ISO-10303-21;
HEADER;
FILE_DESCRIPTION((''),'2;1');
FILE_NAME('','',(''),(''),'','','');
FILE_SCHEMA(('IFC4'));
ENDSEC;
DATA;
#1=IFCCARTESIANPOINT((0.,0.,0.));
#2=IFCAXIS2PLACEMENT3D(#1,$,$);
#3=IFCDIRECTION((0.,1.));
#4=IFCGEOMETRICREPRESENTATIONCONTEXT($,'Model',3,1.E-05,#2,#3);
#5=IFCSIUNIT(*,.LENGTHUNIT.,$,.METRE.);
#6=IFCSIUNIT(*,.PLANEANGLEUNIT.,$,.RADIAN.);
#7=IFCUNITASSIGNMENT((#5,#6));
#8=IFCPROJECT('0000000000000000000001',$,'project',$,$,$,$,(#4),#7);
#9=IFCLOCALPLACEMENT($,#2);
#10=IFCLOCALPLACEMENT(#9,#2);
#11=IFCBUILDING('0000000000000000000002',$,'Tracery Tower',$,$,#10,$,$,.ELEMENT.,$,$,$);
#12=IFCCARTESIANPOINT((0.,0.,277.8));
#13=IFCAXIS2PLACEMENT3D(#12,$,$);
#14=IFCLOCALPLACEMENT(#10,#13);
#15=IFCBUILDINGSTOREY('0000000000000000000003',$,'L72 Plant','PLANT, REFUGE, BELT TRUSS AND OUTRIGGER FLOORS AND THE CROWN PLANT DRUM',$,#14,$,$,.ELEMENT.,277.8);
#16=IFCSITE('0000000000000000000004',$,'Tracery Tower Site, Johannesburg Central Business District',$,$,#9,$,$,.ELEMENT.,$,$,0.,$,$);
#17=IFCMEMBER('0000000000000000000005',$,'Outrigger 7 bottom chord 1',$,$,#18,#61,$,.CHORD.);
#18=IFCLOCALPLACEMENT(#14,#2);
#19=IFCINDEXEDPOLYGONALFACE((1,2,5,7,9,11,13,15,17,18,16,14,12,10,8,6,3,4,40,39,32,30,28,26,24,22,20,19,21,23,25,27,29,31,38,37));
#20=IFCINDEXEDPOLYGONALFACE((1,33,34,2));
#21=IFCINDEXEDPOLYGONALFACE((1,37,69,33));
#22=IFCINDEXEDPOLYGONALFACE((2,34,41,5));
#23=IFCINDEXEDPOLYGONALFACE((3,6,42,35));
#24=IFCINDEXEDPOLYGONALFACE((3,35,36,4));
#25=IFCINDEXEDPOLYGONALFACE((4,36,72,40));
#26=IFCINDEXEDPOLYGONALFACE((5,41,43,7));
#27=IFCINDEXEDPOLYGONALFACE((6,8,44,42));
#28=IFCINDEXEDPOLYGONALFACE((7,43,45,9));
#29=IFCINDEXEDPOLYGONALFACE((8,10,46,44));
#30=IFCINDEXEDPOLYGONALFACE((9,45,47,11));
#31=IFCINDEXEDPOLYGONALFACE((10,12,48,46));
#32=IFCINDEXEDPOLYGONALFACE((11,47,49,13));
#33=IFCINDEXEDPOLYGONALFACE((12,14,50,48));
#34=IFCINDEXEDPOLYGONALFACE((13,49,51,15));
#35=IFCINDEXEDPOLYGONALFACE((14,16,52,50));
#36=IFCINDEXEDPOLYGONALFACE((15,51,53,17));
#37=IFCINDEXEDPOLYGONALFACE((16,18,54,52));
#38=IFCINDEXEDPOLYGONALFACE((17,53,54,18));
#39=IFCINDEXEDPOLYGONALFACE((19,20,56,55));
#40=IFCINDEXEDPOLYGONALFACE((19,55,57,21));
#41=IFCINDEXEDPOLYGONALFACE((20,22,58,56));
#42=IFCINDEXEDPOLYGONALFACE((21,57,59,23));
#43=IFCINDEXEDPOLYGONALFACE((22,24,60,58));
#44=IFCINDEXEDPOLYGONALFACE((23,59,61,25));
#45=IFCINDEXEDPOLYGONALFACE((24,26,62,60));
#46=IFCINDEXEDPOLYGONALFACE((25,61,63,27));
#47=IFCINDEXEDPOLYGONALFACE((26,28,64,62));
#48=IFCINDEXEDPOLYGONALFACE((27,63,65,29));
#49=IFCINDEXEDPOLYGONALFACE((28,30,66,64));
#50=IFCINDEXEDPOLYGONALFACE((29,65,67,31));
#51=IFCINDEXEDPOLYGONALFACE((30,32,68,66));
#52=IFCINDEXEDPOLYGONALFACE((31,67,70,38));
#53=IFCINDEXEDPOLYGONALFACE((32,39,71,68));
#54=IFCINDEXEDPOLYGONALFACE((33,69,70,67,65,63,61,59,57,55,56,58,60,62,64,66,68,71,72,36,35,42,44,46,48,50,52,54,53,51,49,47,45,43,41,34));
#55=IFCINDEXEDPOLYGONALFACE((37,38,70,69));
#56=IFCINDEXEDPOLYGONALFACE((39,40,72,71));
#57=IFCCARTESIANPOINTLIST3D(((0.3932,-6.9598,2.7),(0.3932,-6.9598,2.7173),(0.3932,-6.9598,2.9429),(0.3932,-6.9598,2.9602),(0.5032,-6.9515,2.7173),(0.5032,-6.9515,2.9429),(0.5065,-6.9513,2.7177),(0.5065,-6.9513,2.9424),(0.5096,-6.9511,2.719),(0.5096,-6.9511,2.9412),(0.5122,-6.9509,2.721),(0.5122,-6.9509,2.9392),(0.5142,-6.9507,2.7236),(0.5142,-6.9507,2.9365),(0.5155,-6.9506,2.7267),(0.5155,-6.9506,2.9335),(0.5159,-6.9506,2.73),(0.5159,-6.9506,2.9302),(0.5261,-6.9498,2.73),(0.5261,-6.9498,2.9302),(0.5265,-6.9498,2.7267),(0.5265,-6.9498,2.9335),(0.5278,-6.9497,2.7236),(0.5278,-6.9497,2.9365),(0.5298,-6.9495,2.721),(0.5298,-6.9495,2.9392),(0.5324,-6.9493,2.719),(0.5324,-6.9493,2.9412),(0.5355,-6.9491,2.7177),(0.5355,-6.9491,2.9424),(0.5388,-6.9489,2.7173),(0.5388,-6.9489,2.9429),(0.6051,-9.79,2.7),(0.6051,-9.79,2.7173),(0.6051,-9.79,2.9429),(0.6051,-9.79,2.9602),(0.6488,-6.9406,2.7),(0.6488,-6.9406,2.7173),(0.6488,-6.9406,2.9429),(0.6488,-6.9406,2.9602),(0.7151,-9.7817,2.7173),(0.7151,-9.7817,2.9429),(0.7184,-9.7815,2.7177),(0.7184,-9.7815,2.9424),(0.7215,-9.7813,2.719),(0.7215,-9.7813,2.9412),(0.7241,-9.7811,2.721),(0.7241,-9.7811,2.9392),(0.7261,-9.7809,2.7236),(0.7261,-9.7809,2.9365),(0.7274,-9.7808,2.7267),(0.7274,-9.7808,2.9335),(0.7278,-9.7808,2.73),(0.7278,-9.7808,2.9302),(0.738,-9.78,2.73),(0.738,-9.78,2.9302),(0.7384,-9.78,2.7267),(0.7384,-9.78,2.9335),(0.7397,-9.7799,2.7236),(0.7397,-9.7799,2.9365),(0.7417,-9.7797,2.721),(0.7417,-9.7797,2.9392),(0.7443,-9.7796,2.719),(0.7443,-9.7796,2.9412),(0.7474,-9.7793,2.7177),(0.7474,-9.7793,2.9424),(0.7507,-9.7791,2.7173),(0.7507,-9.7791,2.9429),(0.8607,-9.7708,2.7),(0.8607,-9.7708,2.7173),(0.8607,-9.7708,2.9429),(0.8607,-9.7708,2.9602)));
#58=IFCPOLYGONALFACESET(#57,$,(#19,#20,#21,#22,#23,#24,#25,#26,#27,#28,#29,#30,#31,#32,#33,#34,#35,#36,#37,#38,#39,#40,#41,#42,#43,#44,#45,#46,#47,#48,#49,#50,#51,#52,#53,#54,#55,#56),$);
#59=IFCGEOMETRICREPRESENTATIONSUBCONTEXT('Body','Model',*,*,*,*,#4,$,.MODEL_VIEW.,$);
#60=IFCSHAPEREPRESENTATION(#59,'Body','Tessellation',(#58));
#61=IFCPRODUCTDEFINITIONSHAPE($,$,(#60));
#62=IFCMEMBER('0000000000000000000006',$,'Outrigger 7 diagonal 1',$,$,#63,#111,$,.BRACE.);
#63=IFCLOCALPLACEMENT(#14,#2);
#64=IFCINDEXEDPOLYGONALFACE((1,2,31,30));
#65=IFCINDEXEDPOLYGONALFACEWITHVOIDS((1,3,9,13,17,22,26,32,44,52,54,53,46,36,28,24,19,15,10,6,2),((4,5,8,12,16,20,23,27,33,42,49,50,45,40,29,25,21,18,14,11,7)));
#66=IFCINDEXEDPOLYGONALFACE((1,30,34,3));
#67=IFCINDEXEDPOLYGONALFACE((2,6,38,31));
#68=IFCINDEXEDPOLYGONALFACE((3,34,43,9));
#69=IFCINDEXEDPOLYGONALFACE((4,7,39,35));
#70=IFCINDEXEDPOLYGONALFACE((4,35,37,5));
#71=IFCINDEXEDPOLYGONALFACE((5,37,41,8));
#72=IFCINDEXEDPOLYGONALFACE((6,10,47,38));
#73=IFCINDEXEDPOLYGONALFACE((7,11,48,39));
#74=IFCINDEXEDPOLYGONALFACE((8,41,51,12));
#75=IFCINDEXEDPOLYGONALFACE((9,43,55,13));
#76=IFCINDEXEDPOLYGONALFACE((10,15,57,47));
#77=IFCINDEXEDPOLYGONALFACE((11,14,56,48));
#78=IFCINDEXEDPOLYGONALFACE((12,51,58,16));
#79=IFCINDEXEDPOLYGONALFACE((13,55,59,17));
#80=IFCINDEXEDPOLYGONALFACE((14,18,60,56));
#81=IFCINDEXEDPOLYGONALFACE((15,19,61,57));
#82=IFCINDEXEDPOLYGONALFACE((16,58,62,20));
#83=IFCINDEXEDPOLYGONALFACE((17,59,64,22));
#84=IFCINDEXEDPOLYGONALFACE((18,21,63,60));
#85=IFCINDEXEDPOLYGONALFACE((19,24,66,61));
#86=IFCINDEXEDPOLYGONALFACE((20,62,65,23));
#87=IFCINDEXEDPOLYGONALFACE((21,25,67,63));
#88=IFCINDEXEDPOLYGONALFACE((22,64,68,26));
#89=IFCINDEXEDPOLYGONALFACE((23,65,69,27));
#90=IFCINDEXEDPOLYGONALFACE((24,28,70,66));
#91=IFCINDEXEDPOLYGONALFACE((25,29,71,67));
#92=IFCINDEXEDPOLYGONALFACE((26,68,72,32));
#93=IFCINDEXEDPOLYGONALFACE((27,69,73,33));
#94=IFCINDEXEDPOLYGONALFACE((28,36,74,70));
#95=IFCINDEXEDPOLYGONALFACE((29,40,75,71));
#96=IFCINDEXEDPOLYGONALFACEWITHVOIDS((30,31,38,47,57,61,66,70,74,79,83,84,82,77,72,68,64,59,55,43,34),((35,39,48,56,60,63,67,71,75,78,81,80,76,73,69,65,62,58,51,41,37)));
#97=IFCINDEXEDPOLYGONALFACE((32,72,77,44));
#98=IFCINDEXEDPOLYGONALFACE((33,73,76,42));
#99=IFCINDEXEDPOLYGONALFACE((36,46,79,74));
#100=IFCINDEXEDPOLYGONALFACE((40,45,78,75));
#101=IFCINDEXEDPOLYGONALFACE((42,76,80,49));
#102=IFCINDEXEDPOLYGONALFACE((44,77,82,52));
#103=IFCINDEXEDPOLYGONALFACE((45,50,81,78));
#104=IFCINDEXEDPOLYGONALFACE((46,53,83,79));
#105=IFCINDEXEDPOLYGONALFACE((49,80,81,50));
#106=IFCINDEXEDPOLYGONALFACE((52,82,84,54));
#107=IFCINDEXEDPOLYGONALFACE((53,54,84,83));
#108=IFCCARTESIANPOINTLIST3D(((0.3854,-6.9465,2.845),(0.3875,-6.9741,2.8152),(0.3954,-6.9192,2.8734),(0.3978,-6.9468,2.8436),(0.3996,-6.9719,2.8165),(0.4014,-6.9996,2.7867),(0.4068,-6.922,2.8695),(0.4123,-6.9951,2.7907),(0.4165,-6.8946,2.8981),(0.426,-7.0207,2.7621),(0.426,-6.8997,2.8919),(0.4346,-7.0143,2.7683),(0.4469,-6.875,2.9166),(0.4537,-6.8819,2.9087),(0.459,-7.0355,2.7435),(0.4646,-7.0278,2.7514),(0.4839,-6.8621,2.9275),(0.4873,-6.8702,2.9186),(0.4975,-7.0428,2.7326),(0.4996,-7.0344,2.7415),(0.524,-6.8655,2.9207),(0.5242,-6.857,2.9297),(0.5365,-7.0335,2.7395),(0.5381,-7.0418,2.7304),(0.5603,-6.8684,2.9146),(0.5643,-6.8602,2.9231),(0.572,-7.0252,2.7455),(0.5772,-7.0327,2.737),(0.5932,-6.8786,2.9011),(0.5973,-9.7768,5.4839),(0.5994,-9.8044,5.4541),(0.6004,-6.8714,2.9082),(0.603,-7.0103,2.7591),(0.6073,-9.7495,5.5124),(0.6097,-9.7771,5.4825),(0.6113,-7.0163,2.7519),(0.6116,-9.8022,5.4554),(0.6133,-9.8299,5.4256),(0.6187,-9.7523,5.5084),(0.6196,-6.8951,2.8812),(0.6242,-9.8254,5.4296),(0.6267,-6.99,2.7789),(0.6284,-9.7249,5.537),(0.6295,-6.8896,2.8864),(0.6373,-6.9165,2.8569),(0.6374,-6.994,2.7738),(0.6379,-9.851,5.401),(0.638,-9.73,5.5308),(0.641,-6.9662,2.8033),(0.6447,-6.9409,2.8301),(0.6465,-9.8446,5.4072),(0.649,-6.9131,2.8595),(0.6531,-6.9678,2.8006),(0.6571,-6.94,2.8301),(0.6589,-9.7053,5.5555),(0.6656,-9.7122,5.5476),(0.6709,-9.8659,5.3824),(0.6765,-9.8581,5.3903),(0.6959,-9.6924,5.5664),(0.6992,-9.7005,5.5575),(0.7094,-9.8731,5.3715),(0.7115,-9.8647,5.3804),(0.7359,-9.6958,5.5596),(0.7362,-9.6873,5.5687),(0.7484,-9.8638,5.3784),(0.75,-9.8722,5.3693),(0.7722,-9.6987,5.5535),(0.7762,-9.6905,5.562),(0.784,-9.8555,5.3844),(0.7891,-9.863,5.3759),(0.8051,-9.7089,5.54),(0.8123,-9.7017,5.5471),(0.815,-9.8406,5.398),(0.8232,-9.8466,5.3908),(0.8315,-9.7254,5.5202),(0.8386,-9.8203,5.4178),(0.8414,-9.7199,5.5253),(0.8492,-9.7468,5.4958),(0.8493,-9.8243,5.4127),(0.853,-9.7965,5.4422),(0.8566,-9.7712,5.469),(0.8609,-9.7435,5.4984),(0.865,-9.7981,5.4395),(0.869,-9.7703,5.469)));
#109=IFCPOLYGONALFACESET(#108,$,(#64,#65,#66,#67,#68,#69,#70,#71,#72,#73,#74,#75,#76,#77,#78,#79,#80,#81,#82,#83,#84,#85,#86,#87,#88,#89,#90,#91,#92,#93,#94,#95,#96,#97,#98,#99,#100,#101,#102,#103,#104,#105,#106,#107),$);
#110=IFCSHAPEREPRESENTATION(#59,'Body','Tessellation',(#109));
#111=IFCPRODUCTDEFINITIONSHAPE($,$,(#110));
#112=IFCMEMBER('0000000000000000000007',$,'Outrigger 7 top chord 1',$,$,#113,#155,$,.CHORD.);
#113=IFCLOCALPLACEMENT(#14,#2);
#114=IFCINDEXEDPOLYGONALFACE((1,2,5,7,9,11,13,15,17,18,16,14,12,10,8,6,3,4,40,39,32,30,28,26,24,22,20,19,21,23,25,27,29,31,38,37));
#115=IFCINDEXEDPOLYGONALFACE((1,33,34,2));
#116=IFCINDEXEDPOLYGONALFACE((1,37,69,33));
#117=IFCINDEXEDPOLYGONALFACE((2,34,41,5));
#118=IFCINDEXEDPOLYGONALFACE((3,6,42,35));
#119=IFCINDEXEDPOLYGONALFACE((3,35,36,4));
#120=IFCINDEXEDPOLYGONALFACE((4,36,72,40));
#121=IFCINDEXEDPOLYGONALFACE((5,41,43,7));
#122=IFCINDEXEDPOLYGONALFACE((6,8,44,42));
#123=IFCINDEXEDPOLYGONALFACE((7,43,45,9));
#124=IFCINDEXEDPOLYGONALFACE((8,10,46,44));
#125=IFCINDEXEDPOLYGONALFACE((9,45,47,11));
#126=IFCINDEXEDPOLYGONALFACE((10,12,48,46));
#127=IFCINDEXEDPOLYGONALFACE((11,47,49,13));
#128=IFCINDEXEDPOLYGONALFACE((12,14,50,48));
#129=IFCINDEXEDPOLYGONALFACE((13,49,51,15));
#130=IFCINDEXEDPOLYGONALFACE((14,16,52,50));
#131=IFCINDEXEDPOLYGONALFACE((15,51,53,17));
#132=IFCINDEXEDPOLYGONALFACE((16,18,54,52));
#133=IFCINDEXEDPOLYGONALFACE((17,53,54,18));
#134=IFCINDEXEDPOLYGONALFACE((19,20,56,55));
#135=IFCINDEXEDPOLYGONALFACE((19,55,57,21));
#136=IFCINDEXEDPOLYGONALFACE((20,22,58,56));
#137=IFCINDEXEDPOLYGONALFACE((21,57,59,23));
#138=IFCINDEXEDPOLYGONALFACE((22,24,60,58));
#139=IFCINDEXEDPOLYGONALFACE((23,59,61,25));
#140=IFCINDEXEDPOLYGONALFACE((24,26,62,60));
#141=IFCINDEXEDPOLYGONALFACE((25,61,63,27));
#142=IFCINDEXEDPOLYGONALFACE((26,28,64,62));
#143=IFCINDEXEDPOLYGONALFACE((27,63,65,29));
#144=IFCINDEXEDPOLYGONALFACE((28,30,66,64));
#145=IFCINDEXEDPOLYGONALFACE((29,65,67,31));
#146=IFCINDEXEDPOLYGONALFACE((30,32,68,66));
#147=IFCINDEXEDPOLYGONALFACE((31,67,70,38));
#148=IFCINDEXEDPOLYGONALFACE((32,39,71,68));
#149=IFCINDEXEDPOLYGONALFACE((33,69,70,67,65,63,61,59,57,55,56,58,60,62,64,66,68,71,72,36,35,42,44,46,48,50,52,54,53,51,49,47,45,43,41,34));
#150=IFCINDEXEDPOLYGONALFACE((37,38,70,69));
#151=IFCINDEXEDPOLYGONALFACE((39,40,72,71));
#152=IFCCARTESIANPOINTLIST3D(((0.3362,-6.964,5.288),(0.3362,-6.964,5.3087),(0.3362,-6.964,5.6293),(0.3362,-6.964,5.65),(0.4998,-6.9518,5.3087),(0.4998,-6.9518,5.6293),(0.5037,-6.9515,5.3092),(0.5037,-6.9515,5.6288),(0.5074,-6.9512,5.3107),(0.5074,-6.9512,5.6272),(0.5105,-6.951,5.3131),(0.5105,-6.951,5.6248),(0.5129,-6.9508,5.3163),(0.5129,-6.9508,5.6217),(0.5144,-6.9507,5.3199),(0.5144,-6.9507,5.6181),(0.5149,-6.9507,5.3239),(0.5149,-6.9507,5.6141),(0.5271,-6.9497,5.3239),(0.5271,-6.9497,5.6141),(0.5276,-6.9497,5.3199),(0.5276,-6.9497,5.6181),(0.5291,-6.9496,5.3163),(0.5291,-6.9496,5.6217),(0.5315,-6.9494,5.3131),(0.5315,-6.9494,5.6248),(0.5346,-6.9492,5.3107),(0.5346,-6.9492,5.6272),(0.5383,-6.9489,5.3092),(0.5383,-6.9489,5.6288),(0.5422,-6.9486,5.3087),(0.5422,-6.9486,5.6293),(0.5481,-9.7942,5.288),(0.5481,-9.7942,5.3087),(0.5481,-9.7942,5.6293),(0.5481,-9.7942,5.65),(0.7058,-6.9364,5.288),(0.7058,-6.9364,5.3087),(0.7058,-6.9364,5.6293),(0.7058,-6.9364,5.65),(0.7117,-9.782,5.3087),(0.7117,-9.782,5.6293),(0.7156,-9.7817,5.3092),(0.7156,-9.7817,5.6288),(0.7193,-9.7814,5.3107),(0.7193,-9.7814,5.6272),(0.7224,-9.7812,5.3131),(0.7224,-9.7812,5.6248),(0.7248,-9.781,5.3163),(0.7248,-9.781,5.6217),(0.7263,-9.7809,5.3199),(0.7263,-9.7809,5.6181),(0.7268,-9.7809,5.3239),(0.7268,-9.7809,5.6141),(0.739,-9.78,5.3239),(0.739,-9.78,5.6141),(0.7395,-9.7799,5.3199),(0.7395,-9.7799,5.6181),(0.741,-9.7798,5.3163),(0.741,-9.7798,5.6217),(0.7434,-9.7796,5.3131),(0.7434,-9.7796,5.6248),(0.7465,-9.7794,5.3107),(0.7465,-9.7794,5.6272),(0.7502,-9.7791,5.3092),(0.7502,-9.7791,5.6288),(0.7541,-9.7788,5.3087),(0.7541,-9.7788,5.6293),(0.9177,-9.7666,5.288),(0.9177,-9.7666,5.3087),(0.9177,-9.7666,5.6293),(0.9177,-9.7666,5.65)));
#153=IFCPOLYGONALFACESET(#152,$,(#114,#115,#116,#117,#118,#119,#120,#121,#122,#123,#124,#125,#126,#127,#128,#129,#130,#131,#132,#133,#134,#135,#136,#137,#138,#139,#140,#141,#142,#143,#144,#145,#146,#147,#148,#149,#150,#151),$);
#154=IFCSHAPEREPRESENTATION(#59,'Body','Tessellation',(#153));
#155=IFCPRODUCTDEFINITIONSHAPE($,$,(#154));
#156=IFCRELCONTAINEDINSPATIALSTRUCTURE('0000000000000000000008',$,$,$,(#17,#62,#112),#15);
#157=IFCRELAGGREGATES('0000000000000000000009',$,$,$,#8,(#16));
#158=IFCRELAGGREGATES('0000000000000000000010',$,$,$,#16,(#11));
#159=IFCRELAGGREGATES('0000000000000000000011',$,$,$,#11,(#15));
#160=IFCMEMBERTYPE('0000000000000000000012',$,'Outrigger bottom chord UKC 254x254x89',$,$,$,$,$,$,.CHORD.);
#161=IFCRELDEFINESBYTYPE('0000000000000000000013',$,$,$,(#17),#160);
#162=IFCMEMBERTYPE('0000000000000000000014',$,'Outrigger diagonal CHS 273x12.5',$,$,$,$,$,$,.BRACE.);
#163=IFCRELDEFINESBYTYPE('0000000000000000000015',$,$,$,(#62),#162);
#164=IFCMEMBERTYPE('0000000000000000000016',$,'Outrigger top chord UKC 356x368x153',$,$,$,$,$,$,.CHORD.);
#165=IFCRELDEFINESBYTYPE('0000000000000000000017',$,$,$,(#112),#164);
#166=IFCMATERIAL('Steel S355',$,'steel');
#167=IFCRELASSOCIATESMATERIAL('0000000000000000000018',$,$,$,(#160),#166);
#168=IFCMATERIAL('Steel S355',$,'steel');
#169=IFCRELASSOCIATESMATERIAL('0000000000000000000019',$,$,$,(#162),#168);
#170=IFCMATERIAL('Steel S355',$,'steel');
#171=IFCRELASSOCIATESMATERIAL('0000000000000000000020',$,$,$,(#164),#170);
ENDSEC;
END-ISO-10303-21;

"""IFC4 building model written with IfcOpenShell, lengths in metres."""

from ifc_helpers import new_model, si_unit, direction, frame, origin, origin_2d, place, context, subcontext, project, spatial, hollow_circle, i_section, extrude, material, material_profile, profile_set, type_object, element, save


model = new_model("IFC4")

# Units and contexts
model_context = context("Model", 3, precision=1e-05, world=origin(), true_north=direction((0.0, 1.0)))
body_context = subcontext(model_context, "Body", "Model", "MODEL_VIEW")
ifc_project = project(units=[si_unit("LENGTHUNIT", "METRE"), si_unit("PLANEANGLEUNIT", "RADIAN")], contexts=[model_context])

# Site, building, storey
site_placement = place(None, origin())
site = spatial("IfcSite", under=ifc_project, at=site_placement, Name="Tracery Tower Site, Johannesburg Central Business District", CompositionType="ELEMENT", RefElevation=0.0)
building_placement = place(site_placement, origin())
building = spatial("IfcBuilding", under=site, at=building_placement, Name="Tracery Tower", CompositionType="ELEMENT")
storey_placement = place(building_placement, frame((0.0, 0.0, 277.8)))
storey = spatial("IfcBuildingStorey", under=building, at=storey_placement, Name="L72 Plant", Description="PLANT, REFUGE, BELT TRUSS AND OUTRIGGER FLOORS AND THE CROWN PLANT DRUM", CompositionType="ELEMENT", Elevation=277.8)

# Members
ifc_material_1 = material(Name="Steel S355", Category="steel")
ifc_material_profile_1 = material_profile(ifc_material_1, i_section(OverallWidth=0.2563, OverallDepth=0.2603, WebThickness=0.0103, FlangeThickness=0.0173, FilletRadius=0.0127, at=origin_2d()), Name="UKC 254x254x89")
ifc_profile_set_1 = profile_set([ifc_material_profile_1], Name="Steel S355")
member_type_1 = type_object("IfcMemberType", Name="Outrigger bottom chord UKC 254x254x89", PredefinedType="CHORD", material=ifc_profile_set_1)
member_1_placement = place(storey_placement, frame((0.521, -6.9502, 2.8301), z_axis=(0.074664, -0.997209, 0.0), x_axis=(0.997209, 0.074664, 0.0)))
element("IfcMember", 1, at=member_1_placement, inside=storey, type_object=member_type_1, Name="Outrigger 7 bottom chord 1", PredefinedType="CHORD", context=body_context, shape_type="SweptSolid", body=[
    extrude(i_section(OverallWidth=0.2563, OverallDepth=0.2603, WebThickness=0.0103, FlangeThickness=0.0173, FilletRadius=0.0127, at=origin_2d()), origin(), (0.0, 0.0, 1.0), 2.8381),
])
ifc_material_2 = material(Name="Steel S355", Category="steel")
ifc_material_profile_2 = material_profile(ifc_material_2, hollow_circle(Radius=0.1365, WallThickness=0.0125, at=origin_2d()), Name="CHS 273x12.5")
ifc_profile_set_2 = profile_set([ifc_material_profile_2], Name="Steel S355")
member_type_2 = type_object("IfcMemberType", Name="Outrigger diagonal CHS 273x12.5", PredefinedType="BRACE", material=ifc_profile_set_2)
member_2_placement = place(storey_placement, frame((0.521, -6.9502, 2.8301), z_axis=(0.05468, -0.730311, 0.680923), x_axis=(0.997209, 0.074664, 0.0)))
element("IfcMember", 2, at=member_2_placement, inside=storey, type_object=member_type_2, Name="Outrigger 7 diagonal 1", PredefinedType="BRACE", context=body_context, shape_type="SweptSolid", body=[
    extrude(hollow_circle(Radius=0.1365, WallThickness=0.0125, at=origin_2d()), origin(), (0.0, 0.0, 1.0), 3.8755),
])
ifc_material_3 = material(Name="Steel S355", Category="steel")
ifc_material_profile_3 = material_profile(ifc_material_3, i_section(OverallWidth=0.3706, OverallDepth=0.3621, WebThickness=0.0122, FlangeThickness=0.0208, FilletRadius=0.0151, at=origin_2d()), Name="UKC 356x368x153")
ifc_profile_set_3 = profile_set([ifc_material_profile_3], Name="Steel S355")
member_type_3 = type_object("IfcMemberType", Name="Outrigger top chord UKC 356x368x153", PredefinedType="CHORD", material=ifc_profile_set_3)
member_3_placement = place(storey_placement, frame((0.521, -6.9502, 5.469), z_axis=(0.074664, -0.997209, 0.0), x_axis=(0.997209, 0.074664, 0.0)))
element("IfcMember", 3, at=member_3_placement, inside=storey, type_object=member_type_3, Name="Outrigger 7 top chord 1", PredefinedType="CHORD", context=body_context, shape_type="SweptSolid", body=[
    extrude(i_section(OverallWidth=0.3706, OverallDepth=0.3621, WebThickness=0.0122, FlangeThickness=0.0208, FilletRadius=0.0151, at=origin_2d()), origin(), (0.0, 0.0, 1.0), 2.8381),
])

save(model, "model.ifc")
